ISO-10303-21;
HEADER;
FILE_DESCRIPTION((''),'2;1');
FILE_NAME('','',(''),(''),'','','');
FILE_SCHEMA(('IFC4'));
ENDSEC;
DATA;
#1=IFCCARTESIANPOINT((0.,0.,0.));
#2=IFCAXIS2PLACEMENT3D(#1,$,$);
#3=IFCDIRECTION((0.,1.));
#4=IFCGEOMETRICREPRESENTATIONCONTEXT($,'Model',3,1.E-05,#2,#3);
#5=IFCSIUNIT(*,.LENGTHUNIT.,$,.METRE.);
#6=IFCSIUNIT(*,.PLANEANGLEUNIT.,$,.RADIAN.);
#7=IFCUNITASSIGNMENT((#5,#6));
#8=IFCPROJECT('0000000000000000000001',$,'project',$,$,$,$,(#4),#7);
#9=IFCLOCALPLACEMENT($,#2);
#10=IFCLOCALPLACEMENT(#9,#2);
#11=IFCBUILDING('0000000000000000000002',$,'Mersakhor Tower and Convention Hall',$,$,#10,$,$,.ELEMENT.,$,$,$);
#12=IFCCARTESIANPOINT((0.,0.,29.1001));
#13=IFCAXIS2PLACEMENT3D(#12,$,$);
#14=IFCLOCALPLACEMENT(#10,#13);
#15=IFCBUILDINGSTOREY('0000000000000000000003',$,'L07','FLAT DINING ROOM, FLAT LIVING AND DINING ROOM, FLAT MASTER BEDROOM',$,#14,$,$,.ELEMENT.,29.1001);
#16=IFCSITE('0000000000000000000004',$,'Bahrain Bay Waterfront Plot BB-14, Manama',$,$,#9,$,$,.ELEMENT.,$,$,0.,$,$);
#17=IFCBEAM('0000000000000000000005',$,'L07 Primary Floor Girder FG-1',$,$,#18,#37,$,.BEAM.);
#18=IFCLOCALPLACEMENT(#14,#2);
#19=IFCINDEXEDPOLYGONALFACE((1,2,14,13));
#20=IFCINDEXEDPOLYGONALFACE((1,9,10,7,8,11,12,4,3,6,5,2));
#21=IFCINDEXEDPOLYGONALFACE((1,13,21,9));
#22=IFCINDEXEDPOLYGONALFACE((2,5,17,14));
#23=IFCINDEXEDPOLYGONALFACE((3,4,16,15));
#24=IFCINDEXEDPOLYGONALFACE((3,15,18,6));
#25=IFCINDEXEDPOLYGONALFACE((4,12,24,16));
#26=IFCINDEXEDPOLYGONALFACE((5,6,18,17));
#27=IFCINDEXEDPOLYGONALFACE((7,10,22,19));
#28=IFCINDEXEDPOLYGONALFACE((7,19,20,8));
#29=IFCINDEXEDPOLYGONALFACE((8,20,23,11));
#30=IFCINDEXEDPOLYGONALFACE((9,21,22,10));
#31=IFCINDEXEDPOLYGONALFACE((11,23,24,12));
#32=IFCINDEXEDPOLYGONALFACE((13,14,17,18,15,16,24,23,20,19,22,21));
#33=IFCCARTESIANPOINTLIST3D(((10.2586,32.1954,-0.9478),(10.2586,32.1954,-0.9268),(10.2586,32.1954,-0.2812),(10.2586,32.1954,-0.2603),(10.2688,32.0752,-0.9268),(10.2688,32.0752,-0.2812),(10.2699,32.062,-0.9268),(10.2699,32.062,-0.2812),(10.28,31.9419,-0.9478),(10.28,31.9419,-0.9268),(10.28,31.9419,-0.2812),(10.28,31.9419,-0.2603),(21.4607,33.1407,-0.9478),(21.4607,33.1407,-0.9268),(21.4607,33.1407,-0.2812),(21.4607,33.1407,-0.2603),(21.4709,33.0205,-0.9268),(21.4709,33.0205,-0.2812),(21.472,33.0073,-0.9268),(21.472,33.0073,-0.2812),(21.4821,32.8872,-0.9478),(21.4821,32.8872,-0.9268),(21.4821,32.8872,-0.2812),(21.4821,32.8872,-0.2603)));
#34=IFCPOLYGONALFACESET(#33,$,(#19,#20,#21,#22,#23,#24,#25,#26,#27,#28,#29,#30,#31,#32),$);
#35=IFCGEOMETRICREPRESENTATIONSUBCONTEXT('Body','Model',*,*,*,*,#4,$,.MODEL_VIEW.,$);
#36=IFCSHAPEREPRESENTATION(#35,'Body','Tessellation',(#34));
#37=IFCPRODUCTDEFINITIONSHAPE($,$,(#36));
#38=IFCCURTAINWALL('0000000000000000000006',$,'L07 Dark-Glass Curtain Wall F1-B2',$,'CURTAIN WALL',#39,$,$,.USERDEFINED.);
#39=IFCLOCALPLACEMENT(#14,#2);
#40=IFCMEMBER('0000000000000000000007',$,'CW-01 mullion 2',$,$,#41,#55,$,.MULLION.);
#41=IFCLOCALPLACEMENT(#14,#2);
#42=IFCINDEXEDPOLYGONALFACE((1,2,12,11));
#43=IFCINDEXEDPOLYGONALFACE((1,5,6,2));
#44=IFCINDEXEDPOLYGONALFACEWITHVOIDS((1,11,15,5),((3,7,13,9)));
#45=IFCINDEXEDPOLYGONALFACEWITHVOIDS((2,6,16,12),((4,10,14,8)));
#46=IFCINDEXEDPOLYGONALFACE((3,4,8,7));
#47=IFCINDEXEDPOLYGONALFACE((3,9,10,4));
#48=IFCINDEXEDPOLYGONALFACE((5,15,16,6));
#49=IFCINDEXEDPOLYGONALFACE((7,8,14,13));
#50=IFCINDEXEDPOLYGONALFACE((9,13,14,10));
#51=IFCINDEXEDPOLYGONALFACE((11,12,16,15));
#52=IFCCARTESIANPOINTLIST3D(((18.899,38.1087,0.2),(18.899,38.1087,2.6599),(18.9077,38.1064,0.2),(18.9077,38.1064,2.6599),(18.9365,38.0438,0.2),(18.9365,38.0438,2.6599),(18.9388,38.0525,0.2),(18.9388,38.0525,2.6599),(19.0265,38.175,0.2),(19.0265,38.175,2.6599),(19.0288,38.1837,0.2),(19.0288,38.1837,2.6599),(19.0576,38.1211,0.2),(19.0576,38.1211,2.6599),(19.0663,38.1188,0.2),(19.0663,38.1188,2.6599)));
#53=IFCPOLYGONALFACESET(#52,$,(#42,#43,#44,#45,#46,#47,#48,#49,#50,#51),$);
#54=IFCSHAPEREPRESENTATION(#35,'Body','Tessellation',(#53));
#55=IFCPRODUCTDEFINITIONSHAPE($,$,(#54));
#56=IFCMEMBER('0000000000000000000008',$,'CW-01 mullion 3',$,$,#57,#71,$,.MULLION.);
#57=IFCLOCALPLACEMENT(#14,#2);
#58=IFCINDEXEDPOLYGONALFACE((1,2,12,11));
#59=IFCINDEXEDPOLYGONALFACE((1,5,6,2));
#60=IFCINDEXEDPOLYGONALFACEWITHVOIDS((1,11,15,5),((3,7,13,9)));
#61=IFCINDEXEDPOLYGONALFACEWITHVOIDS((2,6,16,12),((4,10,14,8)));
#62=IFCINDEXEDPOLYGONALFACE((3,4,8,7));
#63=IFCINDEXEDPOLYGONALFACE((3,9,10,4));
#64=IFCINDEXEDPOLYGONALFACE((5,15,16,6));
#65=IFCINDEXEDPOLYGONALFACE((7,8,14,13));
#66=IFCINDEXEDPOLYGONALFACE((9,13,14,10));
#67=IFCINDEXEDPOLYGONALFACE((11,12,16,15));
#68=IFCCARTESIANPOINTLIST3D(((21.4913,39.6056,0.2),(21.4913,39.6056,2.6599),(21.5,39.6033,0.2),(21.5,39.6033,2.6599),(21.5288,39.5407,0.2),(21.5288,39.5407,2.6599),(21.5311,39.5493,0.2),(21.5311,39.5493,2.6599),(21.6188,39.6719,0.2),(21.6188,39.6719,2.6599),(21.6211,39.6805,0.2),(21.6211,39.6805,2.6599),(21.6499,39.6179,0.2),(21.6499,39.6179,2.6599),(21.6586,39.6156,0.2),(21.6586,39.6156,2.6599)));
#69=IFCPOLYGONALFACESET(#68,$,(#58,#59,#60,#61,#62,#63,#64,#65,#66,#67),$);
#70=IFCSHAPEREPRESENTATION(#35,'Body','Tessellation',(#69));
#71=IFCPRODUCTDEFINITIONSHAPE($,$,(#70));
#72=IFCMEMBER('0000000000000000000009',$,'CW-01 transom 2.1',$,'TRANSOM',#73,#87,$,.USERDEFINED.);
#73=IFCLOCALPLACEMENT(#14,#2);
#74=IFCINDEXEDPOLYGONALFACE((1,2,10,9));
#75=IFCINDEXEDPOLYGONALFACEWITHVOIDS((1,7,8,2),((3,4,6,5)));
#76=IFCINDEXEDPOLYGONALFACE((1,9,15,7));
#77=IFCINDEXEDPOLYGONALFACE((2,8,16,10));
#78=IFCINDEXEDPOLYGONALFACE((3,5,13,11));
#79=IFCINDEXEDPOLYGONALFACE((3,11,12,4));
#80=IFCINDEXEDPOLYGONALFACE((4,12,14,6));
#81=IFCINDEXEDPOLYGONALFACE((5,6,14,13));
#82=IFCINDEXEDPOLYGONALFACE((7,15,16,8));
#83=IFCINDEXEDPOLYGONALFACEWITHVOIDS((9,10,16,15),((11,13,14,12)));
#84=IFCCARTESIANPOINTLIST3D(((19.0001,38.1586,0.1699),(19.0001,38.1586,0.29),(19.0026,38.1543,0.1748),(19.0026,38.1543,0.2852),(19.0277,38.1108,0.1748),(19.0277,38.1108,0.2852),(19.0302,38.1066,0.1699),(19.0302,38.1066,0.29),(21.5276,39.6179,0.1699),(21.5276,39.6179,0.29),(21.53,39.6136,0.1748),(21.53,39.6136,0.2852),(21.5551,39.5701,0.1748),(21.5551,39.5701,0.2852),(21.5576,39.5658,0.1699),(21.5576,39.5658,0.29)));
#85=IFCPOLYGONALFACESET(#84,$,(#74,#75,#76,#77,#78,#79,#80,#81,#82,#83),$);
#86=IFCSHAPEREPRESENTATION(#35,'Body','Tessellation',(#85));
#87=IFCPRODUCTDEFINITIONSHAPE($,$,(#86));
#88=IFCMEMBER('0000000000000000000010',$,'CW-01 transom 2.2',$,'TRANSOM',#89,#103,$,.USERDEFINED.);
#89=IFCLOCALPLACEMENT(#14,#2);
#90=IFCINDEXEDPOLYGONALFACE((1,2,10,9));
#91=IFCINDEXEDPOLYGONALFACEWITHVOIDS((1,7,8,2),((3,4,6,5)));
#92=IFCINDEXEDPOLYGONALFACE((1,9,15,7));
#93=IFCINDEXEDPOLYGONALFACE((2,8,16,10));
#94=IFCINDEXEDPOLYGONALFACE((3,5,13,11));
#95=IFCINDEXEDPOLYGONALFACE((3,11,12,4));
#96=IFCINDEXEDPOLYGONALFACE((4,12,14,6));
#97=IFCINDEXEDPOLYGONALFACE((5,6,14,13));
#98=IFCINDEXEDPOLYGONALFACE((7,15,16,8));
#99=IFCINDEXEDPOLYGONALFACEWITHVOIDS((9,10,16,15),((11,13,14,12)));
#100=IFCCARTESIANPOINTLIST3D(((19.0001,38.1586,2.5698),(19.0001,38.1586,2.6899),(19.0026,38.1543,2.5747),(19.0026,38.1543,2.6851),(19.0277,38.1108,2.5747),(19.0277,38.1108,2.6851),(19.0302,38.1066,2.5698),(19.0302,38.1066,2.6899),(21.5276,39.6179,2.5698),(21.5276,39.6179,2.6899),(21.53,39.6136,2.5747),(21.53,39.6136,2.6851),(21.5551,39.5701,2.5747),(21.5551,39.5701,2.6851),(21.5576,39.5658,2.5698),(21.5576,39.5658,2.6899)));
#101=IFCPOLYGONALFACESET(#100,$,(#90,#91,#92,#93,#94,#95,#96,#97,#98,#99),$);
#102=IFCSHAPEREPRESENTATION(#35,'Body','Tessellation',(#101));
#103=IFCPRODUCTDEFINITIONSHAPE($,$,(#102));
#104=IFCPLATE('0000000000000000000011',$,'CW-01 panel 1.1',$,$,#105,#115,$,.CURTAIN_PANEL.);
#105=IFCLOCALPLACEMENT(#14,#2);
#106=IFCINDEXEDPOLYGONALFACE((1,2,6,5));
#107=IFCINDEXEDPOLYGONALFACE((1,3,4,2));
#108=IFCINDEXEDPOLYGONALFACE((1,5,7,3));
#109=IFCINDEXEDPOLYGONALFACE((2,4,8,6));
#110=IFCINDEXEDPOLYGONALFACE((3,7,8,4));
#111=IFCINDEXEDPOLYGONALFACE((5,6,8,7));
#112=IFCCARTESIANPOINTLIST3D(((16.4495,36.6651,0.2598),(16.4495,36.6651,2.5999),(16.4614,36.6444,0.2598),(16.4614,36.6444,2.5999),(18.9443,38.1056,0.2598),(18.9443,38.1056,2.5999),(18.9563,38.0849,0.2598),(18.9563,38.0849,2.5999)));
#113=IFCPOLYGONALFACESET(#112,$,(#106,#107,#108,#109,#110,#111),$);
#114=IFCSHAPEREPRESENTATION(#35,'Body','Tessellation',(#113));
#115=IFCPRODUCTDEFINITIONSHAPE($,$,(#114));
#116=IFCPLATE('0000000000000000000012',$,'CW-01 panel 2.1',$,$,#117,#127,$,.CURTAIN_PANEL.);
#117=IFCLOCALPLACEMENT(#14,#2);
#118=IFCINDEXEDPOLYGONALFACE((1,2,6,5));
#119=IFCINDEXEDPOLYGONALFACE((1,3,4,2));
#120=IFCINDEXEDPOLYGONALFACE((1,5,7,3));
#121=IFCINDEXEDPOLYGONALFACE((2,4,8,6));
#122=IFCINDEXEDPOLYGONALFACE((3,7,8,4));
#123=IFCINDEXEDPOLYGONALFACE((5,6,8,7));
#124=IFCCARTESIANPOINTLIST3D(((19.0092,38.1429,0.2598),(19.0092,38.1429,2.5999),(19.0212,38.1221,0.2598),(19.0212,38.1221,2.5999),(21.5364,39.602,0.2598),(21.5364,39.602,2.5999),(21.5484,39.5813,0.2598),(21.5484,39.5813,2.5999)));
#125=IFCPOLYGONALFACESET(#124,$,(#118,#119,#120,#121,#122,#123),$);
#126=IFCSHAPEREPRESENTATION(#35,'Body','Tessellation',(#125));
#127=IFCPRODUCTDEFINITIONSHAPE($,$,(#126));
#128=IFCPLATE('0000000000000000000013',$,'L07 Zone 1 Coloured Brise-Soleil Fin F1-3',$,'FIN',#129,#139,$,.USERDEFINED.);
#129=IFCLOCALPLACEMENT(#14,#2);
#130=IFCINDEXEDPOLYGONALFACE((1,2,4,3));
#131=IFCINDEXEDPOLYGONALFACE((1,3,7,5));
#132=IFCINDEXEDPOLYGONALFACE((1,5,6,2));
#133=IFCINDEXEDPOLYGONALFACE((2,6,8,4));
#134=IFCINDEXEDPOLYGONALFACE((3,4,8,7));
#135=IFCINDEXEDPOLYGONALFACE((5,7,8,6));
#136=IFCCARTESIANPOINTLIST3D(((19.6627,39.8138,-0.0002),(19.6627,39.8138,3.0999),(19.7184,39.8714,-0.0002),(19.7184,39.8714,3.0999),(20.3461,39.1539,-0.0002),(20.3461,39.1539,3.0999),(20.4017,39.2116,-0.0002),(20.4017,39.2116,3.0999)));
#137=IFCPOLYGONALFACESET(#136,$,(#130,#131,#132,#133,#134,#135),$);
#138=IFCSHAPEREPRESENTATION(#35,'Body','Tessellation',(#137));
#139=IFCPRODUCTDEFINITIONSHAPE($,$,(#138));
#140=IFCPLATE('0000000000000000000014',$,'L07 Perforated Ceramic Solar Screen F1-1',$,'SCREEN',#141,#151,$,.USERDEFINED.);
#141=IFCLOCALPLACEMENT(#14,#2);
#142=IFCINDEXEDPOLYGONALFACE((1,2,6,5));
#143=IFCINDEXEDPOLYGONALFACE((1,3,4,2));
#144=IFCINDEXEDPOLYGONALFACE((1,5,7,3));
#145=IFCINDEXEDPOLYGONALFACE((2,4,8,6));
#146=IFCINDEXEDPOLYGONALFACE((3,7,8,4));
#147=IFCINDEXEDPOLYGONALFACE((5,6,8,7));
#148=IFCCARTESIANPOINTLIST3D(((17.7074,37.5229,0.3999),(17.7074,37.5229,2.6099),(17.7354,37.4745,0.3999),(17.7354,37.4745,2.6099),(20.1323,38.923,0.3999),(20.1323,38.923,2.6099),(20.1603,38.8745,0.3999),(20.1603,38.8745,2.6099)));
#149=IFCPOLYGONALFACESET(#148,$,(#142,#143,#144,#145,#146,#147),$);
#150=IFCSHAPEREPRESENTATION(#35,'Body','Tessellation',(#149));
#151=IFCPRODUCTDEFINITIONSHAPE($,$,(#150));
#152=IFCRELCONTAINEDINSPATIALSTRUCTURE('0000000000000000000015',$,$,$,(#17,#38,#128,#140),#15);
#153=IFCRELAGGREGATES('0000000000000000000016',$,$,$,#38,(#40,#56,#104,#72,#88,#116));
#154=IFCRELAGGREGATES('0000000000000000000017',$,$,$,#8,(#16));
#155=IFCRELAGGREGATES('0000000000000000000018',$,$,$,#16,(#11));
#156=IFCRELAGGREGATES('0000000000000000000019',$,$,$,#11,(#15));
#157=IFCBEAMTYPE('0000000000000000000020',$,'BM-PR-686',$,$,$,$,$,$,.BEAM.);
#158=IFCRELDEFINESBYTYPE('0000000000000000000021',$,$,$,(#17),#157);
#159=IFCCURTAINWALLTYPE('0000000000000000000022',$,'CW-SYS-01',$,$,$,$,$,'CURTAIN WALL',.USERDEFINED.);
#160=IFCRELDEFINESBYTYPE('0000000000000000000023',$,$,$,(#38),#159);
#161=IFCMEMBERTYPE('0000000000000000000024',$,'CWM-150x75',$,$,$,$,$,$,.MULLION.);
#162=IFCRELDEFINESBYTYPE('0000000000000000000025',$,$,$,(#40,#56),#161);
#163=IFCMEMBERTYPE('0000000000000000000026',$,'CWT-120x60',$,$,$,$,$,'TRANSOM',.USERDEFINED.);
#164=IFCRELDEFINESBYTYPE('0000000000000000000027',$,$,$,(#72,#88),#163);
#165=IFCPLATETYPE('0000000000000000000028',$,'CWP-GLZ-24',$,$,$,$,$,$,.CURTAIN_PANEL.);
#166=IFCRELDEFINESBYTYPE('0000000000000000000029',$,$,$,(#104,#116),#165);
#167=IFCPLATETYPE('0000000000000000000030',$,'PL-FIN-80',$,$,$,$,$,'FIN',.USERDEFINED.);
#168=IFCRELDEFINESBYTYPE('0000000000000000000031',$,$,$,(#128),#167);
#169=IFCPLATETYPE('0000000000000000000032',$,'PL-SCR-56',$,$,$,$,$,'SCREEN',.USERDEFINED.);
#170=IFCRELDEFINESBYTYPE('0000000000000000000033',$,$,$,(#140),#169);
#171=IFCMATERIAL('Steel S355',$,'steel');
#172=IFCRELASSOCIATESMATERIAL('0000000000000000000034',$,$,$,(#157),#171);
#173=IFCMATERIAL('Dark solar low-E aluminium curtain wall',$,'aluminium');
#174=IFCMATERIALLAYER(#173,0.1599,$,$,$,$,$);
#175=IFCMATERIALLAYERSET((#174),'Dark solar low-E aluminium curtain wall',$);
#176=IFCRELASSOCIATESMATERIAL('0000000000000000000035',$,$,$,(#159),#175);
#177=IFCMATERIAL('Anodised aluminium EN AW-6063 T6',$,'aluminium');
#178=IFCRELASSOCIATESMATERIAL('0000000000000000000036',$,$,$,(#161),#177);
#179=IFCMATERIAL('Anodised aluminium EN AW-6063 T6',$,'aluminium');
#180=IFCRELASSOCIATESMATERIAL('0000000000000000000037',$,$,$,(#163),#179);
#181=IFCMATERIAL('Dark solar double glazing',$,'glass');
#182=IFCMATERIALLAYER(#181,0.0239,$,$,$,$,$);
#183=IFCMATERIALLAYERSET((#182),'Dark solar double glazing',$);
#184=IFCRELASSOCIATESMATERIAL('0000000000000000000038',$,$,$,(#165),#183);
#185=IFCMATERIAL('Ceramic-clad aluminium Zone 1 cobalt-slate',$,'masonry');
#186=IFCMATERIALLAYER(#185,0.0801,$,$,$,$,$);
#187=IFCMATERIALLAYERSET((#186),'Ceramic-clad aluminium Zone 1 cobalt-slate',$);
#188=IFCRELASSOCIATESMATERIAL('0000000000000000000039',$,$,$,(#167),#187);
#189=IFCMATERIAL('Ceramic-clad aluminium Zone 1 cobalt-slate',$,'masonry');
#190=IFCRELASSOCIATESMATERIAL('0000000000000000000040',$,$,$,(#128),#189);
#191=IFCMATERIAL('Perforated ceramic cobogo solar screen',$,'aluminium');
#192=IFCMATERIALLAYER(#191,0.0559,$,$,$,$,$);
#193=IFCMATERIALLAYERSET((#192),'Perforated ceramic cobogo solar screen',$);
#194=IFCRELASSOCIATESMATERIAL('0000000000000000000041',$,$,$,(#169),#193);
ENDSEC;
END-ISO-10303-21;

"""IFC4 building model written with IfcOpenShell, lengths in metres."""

from ifc_helpers import new_model, si_unit, direction, frame, origin, origin_2d, place, context, subcontext, project, spatial, rectangle, hollow_rectangle, i_section, extrude, material, layer, layer_set, material_profile, profile_set, type_object, element, aggregate, save


model = new_model("IFC4")

# Units and contexts
model_context = context("Model", 3, precision=1e-05, world=origin(), true_north=direction((0.0, 1.0)))
body_context = subcontext(model_context, "Body", "Model", "MODEL_VIEW")
ifc_project = project(units=[si_unit("LENGTHUNIT", "METRE"), si_unit("PLANEANGLEUNIT", "RADIAN")], contexts=[model_context])

# Site, building, storey
site_placement = place(None, origin())
site = spatial("IfcSite", under=ifc_project, at=site_placement, Name="Bahrain Bay Waterfront Plot BB-14, Manama", CompositionType="ELEMENT", RefElevation=0.0)
building_placement = place(site_placement, origin())
building = spatial("IfcBuilding", under=site, at=building_placement, Name="Mersakhor Tower and Convention Hall", CompositionType="ELEMENT")
storey_placement = place(building_placement, frame((0.0, 0.0, 29.1001)))
storey = spatial("IfcBuildingStorey", under=building, at=storey_placement, Name="L07", Description="FLAT DINING ROOM, FLAT LIVING AND DINING ROOM, FLAT MASTER BEDROOM", CompositionType="ELEMENT", Elevation=29.1001)

# Beam
ifc_material_1 = material(Name="Steel S355", Category="steel")
ifc_material_profile_1 = material_profile(ifc_material_1, i_section(OverallWidth=0.2544, OverallDepth=0.6875, WebThickness=0.0132, FlangeThickness=0.021, at=origin_2d()), Name="UB 686x254x152")
ifc_profile_set_1 = profile_set([ifc_material_profile_1], Name="Steel S355")
beam_type = type_object("IfcBeamType", Name="BM-PR-686", PredefinedType="BEAM", material=ifc_profile_set_1)
beam_placement = place(storey_placement, frame((21.4714, 33.0139, -0.604), z_axis=(-0.996458, -0.084088, 0.0), x_axis=(0.084088, -0.996458, 0.0)))
element("IfcBeam", 1, at=beam_placement, inside=storey, type_object=beam_type, Name="L07 Primary Floor Girder FG-1", PredefinedType="BEAM", context=body_context, shape_type="SweptSolid", body=[
    extrude(i_section(OverallWidth=0.2544, OverallDepth=0.6875, WebThickness=0.0132, FlangeThickness=0.021, at=origin_2d()), origin(), (0.0, 0.0, 1.0), 11.2419),
])

# Curtain wall, members, plates
ifc_material_2 = material(Name="Dark solar low-E aluminium curtain wall", Category="aluminium")
ifc_layer_1 = layer(ifc_material_2, 0.1599)
ifc_layer_set_1 = layer_set([ifc_layer_1], Name="Dark solar low-E aluminium curtain wall")
curtain_wall_type = type_object("IfcCurtainWallType", Name="CW-SYS-01", ElementType="CURTAIN WALL", PredefinedType="USERDEFINED", material=ifc_layer_set_1)
curtain_wall_placement = place(storey_placement, origin())
curtain_wall = element("IfcCurtainWall", 2, at=curtain_wall_placement, inside=storey, type_object=curtain_wall_type, Name="L07 Dark-Glass Curtain Wall F1-B2", ObjectType="CURTAIN WALL", PredefinedType="USERDEFINED")
ifc_material_3 = material(Name="Anodised aluminium EN AW-6063 T6", Category="aluminium")
ifc_material_profile_2 = material_profile(ifc_material_3, hollow_rectangle(XDim=0.075, YDim=0.1499, WallThickness=0.0063, at=origin_2d()), Name="RHS 150x75x6.3")
ifc_profile_set_2 = profile_set([ifc_material_profile_2], Name="Anodised aluminium EN AW-6063 T6")
member_type_1 = type_object("IfcMemberType", Name="CWM-150x75", PredefinedType="MULLION", material=ifc_profile_set_2)
member_1_placement = place(storey_placement, frame((18.9827, 38.1138, 0.2), z_axis=(0.0, 0.0, 1.0), x_axis=(-0.500003, 0.866023, 0.0)))
member_1 = element("IfcMember", 3, at=member_1_placement, type_object=member_type_1, Name="CW-01 mullion 2", PredefinedType="MULLION", context=body_context, shape_type="SweptSolid", body=[
    extrude(hollow_rectangle(XDim=0.075, YDim=0.1499, WallThickness=0.0063, at=origin_2d()), origin(), (0.0, 0.0, 1.0), 2.46),
])
member_2_placement = place(storey_placement, frame((21.575, 39.6106, 0.2), z_axis=(0.0, 0.0, 1.0), x_axis=(-0.500003, 0.866023, 0.0)))
member_2 = element("IfcMember", 4, at=member_2_placement, type_object=member_type_1, Name="CW-01 mullion 3", PredefinedType="MULLION", context=body_context, shape_type="SweptSolid", body=[
    extrude(hollow_rectangle(XDim=0.075, YDim=0.1499, WallThickness=0.0063, at=origin_2d()), origin(), (0.0, 0.0, 1.0), 2.46),
])
ifc_material_4 = material(Name="Anodised aluminium EN AW-6063 T6", Category="aluminium")
ifc_material_profile_3 = material_profile(ifc_material_4, hollow_rectangle(XDim=0.0601, YDim=0.1201, WallThickness=0.0049, at=origin_2d()), Name="RHS 120x60x5")
ifc_profile_set_3 = profile_set([ifc_material_profile_3], Name="Anodised aluminium EN AW-6063 T6")
member_type_2 = type_object("IfcMemberType", Name="CWT-120x60", ElementType="TRANSOM", PredefinedType="USERDEFINED", material=ifc_profile_set_3)
member_3_placement = place(storey_placement, frame((19.0151, 38.1326, 0.23), z_axis=(0.866016, 0.500017, 0.0), x_axis=(-0.500017, 0.866016, 0.0)))
member_3 = element("IfcMember", 5, at=member_3_placement, type_object=member_type_2, Name="CW-01 transom 2.1", ObjectType="TRANSOM", PredefinedType="USERDEFINED", context=body_context, shape_type="SweptSolid", body=[
    extrude(hollow_rectangle(XDim=0.0601, YDim=0.1201, WallThickness=0.0049, at=origin_2d()), origin(), (0.0, 0.0, 1.0), 2.9185),
])
member_4_placement = place(storey_placement, frame((19.0151, 38.1326, 2.6299), z_axis=(0.866016, 0.500017, 0.0), x_axis=(-0.500017, 0.866016, 0.0)))
member_4 = element("IfcMember", 6, at=member_4_placement, type_object=member_type_2, Name="CW-01 transom 2.2", ObjectType="TRANSOM", PredefinedType="USERDEFINED", context=body_context, shape_type="SweptSolid", body=[
    extrude(hollow_rectangle(XDim=0.0601, YDim=0.1201, WallThickness=0.0049, at=origin_2d()), origin(), (0.0, 0.0, 1.0), 2.9185),
])
ifc_material_5 = material(Name="Dark solar double glazing", Category="glass")
ifc_layer_2 = layer(ifc_material_5, 0.0239)
ifc_layer_set_2 = layer_set([ifc_layer_2], Name="Dark solar double glazing")
plate_type_1 = type_object("IfcPlateType", Name="CWP-GLZ-24", PredefinedType="CURTAIN_PANEL", material=ifc_layer_set_2)
plate_1_placement = place(storey_placement, frame((17.7029, 37.375, 0.2598), z_axis=(0.0, 0.0, 1.0), x_axis=(0.866023, 0.500003, 0.0)))
plate_1 = element("IfcPlate", 7, at=plate_1_placement, type_object=plate_type_1, Name="CW-01 panel 1.1", PredefinedType="CURTAIN_PANEL", context=body_context, shape_type="SweptSolid", body=[
    extrude(rectangle(XDim=2.8809, YDim=0.0239, at=origin_2d()), origin(), (0.0, 0.0, 1.0), 2.3401),
])
plate_2_placement = place(storey_placement, frame((20.2788, 38.8621, 0.2598), z_axis=(0.0, 0.0, 1.0), x_axis=(0.866023, 0.500003, 0.0)))
plate_2 = element("IfcPlate", 8, at=plate_2_placement, type_object=plate_type_1, Name="CW-01 panel 2.1", PredefinedType="CURTAIN_PANEL", context=body_context, shape_type="SweptSolid", body=[
    extrude(rectangle(XDim=2.9182, YDim=0.0239, at=origin_2d()), origin(), (0.0, 0.0, 1.0), 2.3401),
])
aggregate(curtain_wall, [member_1, member_2, plate_1, member_3, member_4, plate_2])

# Plates
ifc_material_6 = material(Name="Ceramic-clad aluminium Zone 1 cobalt-slate", Category="masonry")
ifc_material_7 = material(Name="Ceramic-clad aluminium Zone 1 cobalt-slate", Category="masonry")
ifc_layer_3 = layer(ifc_material_7, 0.0801)
ifc_layer_set_3 = layer_set([ifc_layer_3], Name="Ceramic-clad aluminium Zone 1 cobalt-slate")
plate_type_2 = type_object("IfcPlateType", Name="PL-FIN-80", ElementType="FIN", PredefinedType="USERDEFINED", material=ifc_layer_set_3)
plate_3_placement = place(storey_placement, frame((20.0322, 39.5127, -0.0002), z_axis=(0.0, 0.0, 1.0), x_axis=(-0.71934, 0.694658, 0.0)))
element("IfcPlate", 9, at=plate_3_placement, inside=storey, type_object=plate_type_2, material=ifc_material_6, Name="L07 Zone 1 Coloured Brise-Soleil Fin F1-3", ObjectType="FIN", PredefinedType="USERDEFINED", context=body_context, shape_type="SweptSolid", body=[
    extrude(rectangle(XDim=0.95, YDim=0.0801, at=origin_2d()), origin(), (0.0, 0.0, 1.0), 3.1001),
])
ifc_material_8 = material(Name="Perforated ceramic cobogo solar screen", Category="aluminium")
ifc_layer_4 = layer(ifc_material_8, 0.0559)
ifc_layer_set_4 = layer_set([ifc_layer_4], Name="Perforated ceramic cobogo solar screen")
plate_type_3 = type_object("IfcPlateType", Name="PL-SCR-56", ElementType="SCREEN", PredefinedType="USERDEFINED", material=ifc_layer_set_4)
plate_4_placement = place(storey_placement, frame((18.9338, 38.1987, 0.3999), z_axis=(0.0, 0.0, 1.0), x_axis=(0.866025, 0.5, 0.0)))
element("IfcPlate", 10, at=plate_4_placement, inside=storey, type_object=plate_type_3, Name="L07 Perforated Ceramic Solar Screen F1-1", ObjectType="SCREEN", PredefinedType="USERDEFINED", context=body_context, shape_type="SweptSolid", body=[
    extrude(rectangle(XDim=2.8, YDim=0.0559, at=origin_2d()), origin(), (0.0, 0.0, 1.0), 2.21),
])

save(model, "model.ifc")
